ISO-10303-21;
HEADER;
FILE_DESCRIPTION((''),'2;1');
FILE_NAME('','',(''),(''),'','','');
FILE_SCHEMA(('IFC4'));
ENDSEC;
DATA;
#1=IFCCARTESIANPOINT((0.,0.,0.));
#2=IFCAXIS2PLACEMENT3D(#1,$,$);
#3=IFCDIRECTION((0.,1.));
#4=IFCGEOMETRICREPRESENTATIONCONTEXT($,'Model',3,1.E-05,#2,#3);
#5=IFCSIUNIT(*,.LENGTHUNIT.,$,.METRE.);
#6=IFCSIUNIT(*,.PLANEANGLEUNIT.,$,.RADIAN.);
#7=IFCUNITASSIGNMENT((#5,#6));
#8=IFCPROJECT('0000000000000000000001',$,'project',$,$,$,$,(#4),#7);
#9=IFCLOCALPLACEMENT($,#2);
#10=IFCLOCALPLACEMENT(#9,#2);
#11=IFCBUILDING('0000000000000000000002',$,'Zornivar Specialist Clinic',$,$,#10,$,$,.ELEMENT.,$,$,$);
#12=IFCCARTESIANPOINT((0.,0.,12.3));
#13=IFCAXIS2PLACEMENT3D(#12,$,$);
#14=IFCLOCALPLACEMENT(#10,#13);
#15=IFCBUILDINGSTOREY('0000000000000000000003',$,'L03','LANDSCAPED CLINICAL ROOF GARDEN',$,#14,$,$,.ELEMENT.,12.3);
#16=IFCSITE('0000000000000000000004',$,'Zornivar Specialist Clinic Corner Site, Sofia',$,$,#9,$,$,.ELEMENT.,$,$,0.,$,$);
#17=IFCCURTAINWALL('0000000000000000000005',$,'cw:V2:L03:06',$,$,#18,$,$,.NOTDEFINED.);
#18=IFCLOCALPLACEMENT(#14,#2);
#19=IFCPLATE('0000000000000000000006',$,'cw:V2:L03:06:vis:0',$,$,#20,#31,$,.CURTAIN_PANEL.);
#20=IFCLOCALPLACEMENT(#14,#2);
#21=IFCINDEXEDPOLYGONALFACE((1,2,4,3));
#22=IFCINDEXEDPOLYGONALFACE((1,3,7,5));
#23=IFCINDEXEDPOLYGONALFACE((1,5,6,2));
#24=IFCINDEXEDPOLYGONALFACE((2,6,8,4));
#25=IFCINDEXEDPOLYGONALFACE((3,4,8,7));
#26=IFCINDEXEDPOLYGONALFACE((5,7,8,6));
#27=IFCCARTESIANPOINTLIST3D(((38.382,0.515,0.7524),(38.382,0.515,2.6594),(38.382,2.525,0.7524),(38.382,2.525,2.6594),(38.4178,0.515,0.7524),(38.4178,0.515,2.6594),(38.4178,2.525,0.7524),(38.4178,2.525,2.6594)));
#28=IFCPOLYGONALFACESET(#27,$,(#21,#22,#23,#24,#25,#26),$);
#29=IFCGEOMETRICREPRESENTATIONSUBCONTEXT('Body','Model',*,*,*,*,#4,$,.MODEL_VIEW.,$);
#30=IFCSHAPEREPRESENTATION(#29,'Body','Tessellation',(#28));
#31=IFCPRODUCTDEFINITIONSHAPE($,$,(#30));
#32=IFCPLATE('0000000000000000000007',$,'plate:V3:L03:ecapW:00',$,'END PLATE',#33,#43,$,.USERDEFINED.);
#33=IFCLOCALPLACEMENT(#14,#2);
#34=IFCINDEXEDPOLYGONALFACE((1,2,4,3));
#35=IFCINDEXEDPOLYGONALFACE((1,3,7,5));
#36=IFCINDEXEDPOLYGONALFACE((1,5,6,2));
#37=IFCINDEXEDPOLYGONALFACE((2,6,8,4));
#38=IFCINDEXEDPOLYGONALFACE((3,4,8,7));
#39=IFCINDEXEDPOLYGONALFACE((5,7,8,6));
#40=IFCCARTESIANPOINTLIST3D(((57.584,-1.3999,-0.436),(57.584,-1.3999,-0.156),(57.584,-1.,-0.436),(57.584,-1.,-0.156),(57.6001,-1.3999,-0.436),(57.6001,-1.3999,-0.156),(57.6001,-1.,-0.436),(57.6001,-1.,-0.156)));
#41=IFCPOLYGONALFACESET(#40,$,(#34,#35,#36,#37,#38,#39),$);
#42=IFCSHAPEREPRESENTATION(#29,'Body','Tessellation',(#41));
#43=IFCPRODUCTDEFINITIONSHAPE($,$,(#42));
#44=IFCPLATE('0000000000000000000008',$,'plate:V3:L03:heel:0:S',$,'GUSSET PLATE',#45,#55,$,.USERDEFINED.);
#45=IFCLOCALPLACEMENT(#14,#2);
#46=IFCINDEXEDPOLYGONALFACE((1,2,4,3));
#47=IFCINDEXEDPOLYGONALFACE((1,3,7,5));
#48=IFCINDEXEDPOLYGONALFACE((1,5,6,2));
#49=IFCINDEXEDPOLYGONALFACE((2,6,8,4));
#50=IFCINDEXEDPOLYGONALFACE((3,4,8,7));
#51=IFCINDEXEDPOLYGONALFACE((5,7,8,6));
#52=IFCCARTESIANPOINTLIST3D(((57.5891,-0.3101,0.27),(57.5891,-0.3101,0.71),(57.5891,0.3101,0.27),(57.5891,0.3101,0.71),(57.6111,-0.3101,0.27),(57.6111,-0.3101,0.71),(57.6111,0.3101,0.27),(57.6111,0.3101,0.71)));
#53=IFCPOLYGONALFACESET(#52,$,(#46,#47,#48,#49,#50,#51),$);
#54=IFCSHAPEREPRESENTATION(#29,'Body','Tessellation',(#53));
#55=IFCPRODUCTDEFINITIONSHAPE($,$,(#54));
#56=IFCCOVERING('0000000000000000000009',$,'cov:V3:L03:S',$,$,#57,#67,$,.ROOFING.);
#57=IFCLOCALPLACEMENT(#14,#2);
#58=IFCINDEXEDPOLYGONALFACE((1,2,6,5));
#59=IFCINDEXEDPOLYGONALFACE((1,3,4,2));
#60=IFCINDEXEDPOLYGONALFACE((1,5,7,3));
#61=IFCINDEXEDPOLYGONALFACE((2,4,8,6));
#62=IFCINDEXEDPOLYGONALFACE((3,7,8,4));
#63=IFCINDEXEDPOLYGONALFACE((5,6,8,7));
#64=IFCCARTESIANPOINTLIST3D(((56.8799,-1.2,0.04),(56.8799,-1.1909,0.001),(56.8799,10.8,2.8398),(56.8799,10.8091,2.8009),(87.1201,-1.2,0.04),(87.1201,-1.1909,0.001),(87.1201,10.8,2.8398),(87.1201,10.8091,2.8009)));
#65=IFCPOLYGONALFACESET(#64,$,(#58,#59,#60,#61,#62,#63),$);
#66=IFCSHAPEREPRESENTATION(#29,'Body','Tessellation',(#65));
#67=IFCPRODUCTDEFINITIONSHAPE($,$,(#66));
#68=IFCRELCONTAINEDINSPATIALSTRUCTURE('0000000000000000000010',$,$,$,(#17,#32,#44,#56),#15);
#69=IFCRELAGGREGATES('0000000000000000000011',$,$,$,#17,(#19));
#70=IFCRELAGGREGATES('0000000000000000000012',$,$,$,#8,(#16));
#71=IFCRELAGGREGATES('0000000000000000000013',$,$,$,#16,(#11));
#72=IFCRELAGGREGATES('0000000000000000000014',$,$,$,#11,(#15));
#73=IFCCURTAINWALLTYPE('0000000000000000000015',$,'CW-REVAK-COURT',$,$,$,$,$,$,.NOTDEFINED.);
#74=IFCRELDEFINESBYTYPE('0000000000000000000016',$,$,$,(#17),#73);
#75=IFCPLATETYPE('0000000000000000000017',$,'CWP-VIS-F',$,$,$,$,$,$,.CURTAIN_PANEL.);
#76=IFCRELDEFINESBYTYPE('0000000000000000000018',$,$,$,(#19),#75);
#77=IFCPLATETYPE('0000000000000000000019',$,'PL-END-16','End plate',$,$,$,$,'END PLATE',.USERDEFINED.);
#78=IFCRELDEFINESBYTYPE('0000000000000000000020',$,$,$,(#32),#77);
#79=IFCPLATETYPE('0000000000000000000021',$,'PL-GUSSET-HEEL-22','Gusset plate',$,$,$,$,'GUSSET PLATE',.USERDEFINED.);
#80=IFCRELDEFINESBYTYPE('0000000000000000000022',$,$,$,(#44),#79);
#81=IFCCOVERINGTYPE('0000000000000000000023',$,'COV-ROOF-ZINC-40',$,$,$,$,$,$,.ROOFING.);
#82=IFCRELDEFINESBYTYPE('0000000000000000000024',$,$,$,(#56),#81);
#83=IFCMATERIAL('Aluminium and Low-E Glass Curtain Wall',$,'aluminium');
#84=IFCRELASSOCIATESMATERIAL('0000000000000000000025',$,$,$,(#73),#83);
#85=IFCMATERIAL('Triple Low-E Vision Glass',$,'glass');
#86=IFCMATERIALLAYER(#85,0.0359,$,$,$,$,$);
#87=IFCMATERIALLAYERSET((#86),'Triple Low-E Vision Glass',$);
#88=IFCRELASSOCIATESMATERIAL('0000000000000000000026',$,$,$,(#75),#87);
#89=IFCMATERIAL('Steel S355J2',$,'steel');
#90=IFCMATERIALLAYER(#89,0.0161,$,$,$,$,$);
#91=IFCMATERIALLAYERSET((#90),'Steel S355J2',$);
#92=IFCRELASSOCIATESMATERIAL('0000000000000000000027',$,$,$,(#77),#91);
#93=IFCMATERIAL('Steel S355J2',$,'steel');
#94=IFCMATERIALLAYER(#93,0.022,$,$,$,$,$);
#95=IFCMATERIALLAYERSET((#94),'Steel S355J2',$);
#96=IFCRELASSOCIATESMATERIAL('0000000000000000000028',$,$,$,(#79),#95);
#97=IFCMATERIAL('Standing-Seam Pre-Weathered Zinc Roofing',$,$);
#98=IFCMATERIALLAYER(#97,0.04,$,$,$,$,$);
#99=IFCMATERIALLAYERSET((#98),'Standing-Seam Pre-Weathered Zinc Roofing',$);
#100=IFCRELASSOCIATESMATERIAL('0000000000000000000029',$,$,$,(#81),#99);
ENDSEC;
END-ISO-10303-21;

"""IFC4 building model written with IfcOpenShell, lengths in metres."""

from ifc_helpers import new_model, si_unit, direction, frame, origin, origin_2d, place, context, subcontext, project, spatial, polyline, rectangle, outline, extrude, material, layer, layer_set, type_object, element, aggregate, save


model = new_model("IFC4")

# Units and contexts
model_context = context("Model", 3, precision=1e-05, world=origin(), true_north=direction((0.0, 1.0)))
body_context = subcontext(model_context, "Body", "Model", "MODEL_VIEW")
ifc_project = project(units=[si_unit("LENGTHUNIT", "METRE"), si_unit("PLANEANGLEUNIT", "RADIAN")], contexts=[model_context])

# Site, building, storey
site_placement = place(None, origin())
site = spatial("IfcSite", under=ifc_project, at=site_placement, Name="Zornivar Specialist Clinic Corner Site, Sofia", CompositionType="ELEMENT", RefElevation=0.0)
building_placement = place(site_placement, origin())
building = spatial("IfcBuilding", under=site, at=building_placement, Name="Zornivar Specialist Clinic", CompositionType="ELEMENT")
storey_placement = place(building_placement, frame((0.0, 0.0, 12.3)))
storey = spatial("IfcBuildingStorey", under=building, at=storey_placement, Name="L03", Description="LANDSCAPED CLINICAL ROOF GARDEN", CompositionType="ELEMENT", Elevation=12.3)

# Curtain wall
ifc_material_1 = material(Name="Aluminium and Low-E Glass Curtain Wall", Category="aluminium")
curtain_wall_type = type_object("IfcCurtainWallType", Name="CW-REVAK-COURT", PredefinedType="NOTDEFINED", material=ifc_material_1)
curtain_wall_placement = place(storey_placement, origin())
curtain_wall = element("IfcCurtainWall", 1, at=curtain_wall_placement, inside=storey, type_object=curtain_wall_type, Name="cw:V2:L03:06", PredefinedType="NOTDEFINED")

# Plate
ifc_material_2 = material(Name="Triple Low-E Vision Glass", Category="glass")
ifc_layer_1 = layer(ifc_material_2, 0.0359)
ifc_layer_set_1 = layer_set([ifc_layer_1], Name="Triple Low-E Vision Glass")
plate_type_1 = type_object("IfcPlateType", Name="CWP-VIS-F", PredefinedType="CURTAIN_PANEL", material=ifc_layer_set_1)
plate_1_placement = place(storey_placement, frame((38.3999, 1.52, 0.7524), z_axis=(0.0, 0.0, 1.0), x_axis=(0.0, 1.0, 0.0)))
plate_1 = element("IfcPlate", 2, at=plate_1_placement, type_object=plate_type_1, Name="cw:V2:L03:06:vis:0", PredefinedType="CURTAIN_PANEL", context=body_context, shape_type="SweptSolid", body=[
    extrude(rectangle(XDim=2.01, YDim=0.0359, at=origin_2d()), origin(), (0.0, 0.0, 1.0), 1.907),
])
aggregate(curtain_wall, [plate_1])

# Plates
ifc_material_3 = material(Name="Steel S355J2", Category="steel")
ifc_layer_2 = layer(ifc_material_3, 0.0161)
ifc_layer_set_2 = layer_set([ifc_layer_2], Name="Steel S355J2")
plate_type_2 = type_object("IfcPlateType", Name="PL-END-16", Description="End plate", ElementType="END PLATE", PredefinedType="USERDEFINED", material=ifc_layer_set_2)
plate_2_placement = place(storey_placement, frame((57.592, -1.2, -0.436), z_axis=(0.0, 0.0, 1.0), x_axis=(1.0, 0.0, 0.0)))
element("IfcPlate", 3, at=plate_2_placement, inside=storey, type_object=plate_type_2, Name="plate:V3:L03:ecapW:00", ObjectType="END PLATE", PredefinedType="USERDEFINED", context=body_context, shape_type="SweptSolid", body=[
    extrude(rectangle(XDim=0.0161, YDim=0.3999, at=origin_2d()), origin(), (0.0, 0.0, 1.0), 0.28),
])
ifc_material_4 = material(Name="Steel S355J2", Category="steel")
ifc_layer_3 = layer(ifc_material_4, 0.022)
ifc_layer_set_3 = layer_set([ifc_layer_3], Name="Steel S355J2")
plate_type_3 = type_object("IfcPlateType", Name="PL-GUSSET-HEEL-22", Description="Gusset plate", ElementType="GUSSET PLATE", PredefinedType="USERDEFINED", material=ifc_layer_set_3)
plate_3_placement = place(storey_placement, frame((57.6001, 0.0, 0.27), z_axis=(0.0, 0.0, 1.0), x_axis=(1.0, 0.0, 0.0)))
element("IfcPlate", 4, at=plate_3_placement, inside=storey, type_object=plate_type_3, Name="plate:V3:L03:heel:0:S", ObjectType="GUSSET PLATE", PredefinedType="USERDEFINED", context=body_context, shape_type="SweptSolid", body=[
    extrude(rectangle(XDim=0.022, YDim=0.6201, at=origin_2d()), origin(), (0.0, 0.0, 1.0), 0.4399),
])

# Covering
ifc_material_5 = material(Name="Standing-Seam Pre-Weathered Zinc Roofing")
ifc_layer_4 = layer(ifc_material_5, 0.04)
ifc_layer_set_4 = layer_set([ifc_layer_4], Name="Standing-Seam Pre-Weathered Zinc Roofing")
covering_type = type_object("IfcCoveringType", Name="COV-ROOF-ZINC-40", PredefinedType="ROOFING", material=ifc_layer_set_4)
covering_placement = place(storey_placement, frame((56.8799, -1.2, 0.04), z_axis=(0.0, -0.227215, 0.973845), x_axis=(1.0, 0.0, 0.0)))
element("IfcCovering", 5, at=covering_placement, inside=storey, type_object=covering_type, Name="cov:V3:L03:S", PredefinedType="ROOFING", context=body_context, shape_type="SweptSolid", body=[
    extrude(outline(polyline([(0.0, 0.0), (30.2402, 0.0), (30.2402, 12.3223), (0.0, 12.3223), (0.0, 0.0)])), origin(), (0.0, 0.0, -1.0), 0.04),
])

save(model, "model.ifc")
